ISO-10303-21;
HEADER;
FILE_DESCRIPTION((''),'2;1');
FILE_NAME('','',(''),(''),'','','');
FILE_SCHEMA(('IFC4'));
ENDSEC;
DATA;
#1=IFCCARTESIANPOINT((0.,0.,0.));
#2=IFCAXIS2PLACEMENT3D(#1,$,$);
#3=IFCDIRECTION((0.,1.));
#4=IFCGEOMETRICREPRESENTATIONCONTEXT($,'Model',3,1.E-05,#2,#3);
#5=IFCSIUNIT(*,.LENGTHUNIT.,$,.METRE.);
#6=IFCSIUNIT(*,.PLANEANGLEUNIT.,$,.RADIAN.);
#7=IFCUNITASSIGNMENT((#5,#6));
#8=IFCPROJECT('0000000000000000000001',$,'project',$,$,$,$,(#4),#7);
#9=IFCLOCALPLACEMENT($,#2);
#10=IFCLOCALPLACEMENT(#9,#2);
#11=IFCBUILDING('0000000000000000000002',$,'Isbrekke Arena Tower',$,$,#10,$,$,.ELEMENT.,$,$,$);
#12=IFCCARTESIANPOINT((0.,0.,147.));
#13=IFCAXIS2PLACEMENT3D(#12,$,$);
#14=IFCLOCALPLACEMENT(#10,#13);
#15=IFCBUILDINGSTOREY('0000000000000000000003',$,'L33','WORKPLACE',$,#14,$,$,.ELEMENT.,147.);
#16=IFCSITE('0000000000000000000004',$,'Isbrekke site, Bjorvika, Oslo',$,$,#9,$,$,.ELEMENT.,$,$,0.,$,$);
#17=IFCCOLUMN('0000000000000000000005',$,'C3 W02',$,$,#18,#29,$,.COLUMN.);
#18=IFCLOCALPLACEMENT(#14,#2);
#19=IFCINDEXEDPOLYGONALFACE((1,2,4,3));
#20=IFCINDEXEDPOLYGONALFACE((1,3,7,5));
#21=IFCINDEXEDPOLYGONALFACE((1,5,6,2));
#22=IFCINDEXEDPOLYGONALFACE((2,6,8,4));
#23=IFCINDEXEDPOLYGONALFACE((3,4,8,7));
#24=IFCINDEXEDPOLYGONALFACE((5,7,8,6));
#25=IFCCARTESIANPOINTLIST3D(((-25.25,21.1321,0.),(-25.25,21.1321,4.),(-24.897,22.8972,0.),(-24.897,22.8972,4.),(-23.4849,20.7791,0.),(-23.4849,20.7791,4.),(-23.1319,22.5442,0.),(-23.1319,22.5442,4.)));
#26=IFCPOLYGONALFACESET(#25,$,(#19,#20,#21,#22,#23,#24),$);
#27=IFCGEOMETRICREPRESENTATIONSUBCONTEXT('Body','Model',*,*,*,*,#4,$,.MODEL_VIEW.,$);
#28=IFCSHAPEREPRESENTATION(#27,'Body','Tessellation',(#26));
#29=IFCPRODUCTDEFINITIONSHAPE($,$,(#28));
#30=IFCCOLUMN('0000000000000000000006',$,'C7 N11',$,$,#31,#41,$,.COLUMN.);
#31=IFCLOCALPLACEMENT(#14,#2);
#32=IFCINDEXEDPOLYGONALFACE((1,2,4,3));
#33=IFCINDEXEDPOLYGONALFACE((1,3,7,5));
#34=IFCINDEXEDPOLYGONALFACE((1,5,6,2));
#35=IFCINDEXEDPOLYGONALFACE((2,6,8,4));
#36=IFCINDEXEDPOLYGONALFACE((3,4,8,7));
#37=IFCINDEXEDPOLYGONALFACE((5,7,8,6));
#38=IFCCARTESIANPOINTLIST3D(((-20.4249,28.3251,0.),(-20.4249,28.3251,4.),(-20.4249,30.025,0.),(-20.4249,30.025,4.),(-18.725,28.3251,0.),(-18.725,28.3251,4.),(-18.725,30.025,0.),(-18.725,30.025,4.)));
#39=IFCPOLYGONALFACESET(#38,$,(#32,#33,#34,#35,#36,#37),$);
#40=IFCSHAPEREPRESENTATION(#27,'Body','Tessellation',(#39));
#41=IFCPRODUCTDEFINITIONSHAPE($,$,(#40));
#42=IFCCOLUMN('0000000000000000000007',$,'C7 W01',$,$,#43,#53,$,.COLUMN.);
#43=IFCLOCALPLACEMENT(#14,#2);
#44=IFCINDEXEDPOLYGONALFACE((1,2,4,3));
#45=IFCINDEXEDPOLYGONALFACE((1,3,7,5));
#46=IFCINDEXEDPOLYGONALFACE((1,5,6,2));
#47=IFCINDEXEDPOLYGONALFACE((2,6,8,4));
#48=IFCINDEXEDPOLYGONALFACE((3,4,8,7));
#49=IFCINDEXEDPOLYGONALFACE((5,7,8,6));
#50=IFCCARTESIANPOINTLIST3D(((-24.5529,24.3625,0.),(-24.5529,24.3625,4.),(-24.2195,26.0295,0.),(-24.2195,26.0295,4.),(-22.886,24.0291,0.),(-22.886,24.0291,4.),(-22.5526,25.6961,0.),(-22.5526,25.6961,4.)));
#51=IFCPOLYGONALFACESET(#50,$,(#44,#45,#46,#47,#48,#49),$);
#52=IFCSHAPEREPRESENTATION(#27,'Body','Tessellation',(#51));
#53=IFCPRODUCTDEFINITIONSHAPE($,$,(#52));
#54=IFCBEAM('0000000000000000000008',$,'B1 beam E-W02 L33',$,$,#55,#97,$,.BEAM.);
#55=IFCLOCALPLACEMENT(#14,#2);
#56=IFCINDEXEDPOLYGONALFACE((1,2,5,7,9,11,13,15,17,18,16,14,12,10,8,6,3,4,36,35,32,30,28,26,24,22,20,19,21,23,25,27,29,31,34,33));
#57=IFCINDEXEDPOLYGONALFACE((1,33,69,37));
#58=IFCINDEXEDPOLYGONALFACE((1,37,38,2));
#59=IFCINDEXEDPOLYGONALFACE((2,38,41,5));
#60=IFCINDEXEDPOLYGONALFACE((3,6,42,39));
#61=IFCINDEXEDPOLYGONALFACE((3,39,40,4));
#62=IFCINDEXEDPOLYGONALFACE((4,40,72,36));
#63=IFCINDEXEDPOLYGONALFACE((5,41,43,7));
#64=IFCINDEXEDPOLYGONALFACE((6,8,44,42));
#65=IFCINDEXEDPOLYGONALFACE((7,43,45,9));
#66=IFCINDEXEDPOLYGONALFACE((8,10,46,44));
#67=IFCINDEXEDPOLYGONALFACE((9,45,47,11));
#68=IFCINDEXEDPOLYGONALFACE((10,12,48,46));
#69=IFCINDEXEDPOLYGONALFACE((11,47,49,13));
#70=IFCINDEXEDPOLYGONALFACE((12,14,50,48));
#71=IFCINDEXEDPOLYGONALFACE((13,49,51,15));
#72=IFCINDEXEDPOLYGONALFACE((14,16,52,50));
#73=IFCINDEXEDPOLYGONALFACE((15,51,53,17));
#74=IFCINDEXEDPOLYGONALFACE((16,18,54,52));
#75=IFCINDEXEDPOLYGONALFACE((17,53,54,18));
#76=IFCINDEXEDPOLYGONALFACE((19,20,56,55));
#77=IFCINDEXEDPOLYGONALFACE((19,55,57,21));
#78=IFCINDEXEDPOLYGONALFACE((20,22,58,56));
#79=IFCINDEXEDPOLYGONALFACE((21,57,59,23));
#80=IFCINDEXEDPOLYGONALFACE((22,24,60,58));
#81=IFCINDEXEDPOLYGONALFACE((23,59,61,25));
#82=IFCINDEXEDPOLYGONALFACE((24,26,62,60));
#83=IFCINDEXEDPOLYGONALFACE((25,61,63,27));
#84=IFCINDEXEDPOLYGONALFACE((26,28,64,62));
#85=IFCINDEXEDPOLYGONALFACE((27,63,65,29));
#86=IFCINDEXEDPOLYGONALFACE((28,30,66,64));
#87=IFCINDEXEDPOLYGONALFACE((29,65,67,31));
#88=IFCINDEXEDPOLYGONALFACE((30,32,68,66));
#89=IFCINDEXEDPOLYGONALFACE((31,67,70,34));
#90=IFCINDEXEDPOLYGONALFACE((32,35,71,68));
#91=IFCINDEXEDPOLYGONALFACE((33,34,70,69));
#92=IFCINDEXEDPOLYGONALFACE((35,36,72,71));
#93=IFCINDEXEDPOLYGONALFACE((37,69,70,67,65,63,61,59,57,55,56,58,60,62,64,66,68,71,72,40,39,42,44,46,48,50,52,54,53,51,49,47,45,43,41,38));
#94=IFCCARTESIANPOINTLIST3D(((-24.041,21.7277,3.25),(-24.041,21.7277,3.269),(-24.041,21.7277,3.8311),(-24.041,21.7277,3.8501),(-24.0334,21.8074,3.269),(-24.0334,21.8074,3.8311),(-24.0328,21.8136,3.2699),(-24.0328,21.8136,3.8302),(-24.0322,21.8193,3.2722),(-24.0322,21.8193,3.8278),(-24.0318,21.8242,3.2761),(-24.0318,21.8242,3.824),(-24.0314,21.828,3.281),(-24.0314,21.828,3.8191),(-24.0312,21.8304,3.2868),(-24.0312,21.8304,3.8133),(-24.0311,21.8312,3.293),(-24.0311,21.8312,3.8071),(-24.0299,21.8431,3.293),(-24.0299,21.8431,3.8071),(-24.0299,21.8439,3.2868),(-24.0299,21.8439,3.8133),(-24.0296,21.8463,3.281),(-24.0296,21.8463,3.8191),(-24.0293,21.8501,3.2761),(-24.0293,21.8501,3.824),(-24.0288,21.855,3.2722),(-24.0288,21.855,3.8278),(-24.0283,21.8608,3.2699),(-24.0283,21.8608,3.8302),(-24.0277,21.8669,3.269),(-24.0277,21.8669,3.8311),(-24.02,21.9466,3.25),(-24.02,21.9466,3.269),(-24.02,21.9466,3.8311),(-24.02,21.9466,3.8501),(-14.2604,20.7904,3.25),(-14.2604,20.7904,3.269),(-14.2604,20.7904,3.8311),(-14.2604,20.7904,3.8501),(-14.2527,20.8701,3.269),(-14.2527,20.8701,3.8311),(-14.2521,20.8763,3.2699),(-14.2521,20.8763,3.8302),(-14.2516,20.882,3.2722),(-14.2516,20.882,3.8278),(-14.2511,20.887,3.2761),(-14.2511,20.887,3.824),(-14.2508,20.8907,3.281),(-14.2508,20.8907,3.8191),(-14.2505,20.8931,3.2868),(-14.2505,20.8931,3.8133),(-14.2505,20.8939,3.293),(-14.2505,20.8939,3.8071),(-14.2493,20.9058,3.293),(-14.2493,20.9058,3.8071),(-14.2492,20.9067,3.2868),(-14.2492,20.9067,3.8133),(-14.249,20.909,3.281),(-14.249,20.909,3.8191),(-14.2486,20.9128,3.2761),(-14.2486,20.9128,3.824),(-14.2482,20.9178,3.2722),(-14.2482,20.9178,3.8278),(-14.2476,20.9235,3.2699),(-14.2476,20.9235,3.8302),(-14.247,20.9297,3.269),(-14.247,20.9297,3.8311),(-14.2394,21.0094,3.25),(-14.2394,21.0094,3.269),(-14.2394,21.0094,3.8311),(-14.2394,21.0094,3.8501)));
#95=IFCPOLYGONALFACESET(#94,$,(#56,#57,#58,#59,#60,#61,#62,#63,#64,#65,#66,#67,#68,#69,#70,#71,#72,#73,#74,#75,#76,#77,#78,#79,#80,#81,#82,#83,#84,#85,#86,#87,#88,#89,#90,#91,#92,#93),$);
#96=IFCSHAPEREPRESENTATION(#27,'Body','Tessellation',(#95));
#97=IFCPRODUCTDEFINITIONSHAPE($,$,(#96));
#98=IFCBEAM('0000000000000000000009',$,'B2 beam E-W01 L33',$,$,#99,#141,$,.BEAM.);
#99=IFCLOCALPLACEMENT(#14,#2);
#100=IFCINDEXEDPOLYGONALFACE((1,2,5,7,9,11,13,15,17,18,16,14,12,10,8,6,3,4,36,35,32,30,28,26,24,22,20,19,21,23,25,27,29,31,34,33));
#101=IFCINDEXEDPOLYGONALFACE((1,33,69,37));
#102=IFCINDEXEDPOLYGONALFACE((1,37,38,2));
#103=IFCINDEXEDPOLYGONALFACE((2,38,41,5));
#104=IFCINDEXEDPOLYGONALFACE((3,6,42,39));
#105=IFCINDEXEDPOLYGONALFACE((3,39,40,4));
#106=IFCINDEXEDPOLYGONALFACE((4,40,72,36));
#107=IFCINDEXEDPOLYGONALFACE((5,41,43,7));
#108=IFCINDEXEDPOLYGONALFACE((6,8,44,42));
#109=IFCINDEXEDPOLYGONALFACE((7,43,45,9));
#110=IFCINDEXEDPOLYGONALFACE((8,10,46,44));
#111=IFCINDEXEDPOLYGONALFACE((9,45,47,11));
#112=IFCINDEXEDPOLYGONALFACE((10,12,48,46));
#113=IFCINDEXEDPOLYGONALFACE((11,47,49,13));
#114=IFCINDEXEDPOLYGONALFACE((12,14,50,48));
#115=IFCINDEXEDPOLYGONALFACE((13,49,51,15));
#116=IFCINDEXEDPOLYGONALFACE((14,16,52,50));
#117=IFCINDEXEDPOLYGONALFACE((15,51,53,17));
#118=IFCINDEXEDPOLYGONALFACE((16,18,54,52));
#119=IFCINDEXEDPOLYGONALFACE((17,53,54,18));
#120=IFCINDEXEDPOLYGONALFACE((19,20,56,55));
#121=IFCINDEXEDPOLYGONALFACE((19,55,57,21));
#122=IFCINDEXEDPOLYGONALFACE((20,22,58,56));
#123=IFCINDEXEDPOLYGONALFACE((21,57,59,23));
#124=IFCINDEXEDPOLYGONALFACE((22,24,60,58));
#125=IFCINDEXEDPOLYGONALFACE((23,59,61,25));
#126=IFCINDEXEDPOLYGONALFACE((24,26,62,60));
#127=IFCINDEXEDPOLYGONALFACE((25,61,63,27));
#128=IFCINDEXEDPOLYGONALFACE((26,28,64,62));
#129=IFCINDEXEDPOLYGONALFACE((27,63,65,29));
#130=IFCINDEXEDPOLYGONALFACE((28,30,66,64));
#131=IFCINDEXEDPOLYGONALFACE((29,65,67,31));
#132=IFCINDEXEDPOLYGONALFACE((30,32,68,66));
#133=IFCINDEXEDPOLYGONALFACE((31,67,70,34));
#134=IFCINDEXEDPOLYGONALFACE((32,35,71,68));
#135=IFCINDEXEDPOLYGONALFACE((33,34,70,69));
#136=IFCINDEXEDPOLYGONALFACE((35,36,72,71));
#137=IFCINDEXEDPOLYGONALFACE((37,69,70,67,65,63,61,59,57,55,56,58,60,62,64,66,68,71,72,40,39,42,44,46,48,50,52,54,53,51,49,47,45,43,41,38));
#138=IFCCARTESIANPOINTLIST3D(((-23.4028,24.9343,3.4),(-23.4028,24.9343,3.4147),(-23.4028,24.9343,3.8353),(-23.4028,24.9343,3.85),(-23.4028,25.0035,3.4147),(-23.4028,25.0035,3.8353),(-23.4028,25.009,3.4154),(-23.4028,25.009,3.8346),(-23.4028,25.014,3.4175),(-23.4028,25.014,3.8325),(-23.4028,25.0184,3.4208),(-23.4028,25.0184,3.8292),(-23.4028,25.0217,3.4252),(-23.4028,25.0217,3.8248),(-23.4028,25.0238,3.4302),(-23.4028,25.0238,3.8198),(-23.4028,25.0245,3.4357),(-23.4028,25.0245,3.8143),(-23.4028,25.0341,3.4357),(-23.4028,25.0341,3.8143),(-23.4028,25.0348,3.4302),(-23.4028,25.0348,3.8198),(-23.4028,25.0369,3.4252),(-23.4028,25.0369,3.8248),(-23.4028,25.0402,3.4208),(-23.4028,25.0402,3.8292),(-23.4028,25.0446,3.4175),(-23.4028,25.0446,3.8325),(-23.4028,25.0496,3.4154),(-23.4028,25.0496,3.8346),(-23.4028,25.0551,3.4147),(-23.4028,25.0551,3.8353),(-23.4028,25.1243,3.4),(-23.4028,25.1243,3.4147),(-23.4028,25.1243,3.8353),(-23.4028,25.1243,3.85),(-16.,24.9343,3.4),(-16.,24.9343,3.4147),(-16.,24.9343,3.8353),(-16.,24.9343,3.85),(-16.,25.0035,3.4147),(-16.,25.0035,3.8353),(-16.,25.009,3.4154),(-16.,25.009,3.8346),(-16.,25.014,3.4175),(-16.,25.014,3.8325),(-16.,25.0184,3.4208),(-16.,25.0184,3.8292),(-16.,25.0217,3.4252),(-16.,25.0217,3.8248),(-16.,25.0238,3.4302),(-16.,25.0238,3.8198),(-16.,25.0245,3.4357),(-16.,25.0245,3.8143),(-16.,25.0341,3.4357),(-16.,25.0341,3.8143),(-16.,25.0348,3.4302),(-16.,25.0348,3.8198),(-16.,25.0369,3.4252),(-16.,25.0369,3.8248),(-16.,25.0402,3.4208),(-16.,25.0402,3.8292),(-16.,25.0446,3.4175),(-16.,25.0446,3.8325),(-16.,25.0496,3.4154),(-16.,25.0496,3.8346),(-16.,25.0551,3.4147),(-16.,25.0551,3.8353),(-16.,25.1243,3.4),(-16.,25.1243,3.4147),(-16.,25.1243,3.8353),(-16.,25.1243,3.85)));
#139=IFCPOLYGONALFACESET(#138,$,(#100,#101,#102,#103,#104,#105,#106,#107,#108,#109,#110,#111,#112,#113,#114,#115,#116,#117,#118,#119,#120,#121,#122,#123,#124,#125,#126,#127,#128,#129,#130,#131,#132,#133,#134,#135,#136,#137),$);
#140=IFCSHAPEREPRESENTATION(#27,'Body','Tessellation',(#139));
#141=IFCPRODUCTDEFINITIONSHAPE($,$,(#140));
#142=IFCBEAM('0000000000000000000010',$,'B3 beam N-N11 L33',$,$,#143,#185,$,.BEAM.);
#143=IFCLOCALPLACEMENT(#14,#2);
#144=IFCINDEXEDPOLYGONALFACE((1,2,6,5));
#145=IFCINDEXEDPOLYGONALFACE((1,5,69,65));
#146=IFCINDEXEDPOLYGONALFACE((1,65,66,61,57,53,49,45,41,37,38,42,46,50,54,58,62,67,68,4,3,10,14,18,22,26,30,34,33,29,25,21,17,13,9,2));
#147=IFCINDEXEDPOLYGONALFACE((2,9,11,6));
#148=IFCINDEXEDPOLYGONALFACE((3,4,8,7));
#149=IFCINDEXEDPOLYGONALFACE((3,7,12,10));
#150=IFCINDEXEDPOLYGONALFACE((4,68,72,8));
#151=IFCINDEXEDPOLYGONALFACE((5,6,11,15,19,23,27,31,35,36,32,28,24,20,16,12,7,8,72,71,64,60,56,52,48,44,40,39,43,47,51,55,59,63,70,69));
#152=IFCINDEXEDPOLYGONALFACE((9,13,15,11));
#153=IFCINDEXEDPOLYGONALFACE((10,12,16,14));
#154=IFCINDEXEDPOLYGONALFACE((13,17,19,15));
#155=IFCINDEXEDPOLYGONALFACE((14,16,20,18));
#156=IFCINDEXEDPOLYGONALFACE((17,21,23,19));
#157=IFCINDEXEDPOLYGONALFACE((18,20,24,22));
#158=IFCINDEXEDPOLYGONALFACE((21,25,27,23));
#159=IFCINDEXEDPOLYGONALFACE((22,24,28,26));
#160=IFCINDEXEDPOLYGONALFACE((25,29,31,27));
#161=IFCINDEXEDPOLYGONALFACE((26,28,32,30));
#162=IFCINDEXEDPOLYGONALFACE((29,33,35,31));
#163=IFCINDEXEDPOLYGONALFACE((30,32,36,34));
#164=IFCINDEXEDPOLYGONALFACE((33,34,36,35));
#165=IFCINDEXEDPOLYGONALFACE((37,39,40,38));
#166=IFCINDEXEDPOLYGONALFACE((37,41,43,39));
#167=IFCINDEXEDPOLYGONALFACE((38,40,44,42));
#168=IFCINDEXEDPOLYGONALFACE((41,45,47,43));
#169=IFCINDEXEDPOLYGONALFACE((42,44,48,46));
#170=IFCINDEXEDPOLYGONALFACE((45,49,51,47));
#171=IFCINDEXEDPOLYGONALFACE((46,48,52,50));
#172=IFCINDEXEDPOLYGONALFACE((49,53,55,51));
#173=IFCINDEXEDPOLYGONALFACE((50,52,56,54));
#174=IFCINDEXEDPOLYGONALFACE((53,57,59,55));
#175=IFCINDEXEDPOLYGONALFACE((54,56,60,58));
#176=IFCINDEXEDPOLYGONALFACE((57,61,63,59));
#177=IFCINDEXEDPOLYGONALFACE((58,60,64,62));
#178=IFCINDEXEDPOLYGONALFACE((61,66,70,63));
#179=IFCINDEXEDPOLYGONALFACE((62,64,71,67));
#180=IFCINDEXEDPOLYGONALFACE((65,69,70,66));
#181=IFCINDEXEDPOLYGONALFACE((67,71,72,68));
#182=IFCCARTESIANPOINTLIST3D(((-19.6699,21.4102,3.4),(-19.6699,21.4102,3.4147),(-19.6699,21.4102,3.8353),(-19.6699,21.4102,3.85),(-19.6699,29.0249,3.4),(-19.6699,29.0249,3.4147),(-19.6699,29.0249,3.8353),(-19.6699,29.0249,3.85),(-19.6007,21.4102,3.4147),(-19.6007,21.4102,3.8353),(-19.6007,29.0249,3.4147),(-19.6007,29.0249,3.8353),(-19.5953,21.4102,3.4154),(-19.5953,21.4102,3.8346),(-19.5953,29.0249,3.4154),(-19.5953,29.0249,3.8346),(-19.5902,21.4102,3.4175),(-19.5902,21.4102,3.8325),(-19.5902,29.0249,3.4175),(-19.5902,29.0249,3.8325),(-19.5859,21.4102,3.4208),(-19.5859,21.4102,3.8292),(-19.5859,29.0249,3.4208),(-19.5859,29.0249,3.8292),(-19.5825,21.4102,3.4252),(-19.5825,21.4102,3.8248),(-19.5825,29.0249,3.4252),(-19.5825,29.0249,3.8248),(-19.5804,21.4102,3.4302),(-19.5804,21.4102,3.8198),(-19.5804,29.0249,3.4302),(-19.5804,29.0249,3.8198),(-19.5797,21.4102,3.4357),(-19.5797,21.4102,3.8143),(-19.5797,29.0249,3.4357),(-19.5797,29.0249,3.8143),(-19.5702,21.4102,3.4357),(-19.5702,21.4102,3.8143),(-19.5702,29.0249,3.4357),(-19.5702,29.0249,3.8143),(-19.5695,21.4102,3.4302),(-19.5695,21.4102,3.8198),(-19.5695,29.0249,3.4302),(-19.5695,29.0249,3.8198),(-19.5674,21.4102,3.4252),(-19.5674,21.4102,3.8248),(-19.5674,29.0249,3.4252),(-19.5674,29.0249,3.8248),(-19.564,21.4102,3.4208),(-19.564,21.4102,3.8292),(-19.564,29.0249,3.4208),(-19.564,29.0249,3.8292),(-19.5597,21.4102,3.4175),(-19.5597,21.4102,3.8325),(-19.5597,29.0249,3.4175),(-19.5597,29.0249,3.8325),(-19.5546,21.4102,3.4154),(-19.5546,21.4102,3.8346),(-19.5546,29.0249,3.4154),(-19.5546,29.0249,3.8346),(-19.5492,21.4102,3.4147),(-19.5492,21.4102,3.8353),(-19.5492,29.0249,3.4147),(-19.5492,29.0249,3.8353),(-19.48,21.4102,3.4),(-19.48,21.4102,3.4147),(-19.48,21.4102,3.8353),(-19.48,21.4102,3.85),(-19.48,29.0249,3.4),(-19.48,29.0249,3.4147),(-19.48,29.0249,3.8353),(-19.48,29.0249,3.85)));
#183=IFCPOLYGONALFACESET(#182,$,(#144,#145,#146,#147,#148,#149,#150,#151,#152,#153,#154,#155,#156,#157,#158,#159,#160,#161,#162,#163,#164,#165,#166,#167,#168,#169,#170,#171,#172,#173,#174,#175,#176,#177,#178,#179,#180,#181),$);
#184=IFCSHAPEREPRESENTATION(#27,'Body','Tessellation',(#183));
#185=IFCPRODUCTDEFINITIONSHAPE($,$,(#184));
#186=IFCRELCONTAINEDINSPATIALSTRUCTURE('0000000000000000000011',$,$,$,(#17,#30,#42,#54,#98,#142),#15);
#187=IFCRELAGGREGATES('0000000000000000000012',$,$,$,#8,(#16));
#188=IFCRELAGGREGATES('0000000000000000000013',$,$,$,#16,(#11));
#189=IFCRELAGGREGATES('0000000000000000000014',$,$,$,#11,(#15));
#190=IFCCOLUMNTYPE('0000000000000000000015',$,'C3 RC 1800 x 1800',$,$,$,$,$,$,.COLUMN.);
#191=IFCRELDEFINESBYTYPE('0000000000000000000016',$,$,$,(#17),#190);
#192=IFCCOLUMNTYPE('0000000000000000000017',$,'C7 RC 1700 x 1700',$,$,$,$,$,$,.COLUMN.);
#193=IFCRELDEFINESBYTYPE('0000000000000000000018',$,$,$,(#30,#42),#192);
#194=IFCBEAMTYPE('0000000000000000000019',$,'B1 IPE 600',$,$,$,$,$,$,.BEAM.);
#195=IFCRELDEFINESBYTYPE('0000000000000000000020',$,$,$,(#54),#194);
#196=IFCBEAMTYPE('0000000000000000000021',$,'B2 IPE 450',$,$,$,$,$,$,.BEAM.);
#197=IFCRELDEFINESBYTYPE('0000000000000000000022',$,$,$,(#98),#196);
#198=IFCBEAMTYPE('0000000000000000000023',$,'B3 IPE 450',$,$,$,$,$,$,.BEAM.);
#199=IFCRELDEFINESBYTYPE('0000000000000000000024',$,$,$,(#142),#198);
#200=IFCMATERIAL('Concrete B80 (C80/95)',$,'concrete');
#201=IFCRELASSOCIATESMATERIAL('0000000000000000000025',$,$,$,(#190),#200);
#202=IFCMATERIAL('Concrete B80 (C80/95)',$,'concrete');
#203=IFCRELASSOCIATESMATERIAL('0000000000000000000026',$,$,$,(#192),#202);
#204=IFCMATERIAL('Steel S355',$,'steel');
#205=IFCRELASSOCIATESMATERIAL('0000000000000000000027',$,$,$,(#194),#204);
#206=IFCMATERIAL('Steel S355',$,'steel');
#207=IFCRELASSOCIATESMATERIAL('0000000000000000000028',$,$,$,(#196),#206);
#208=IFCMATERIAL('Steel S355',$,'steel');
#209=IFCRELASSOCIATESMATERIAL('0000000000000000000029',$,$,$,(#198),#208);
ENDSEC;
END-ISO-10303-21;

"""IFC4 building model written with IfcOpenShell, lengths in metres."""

from ifc_helpers import new_model, si_unit, direction, frame, origin, origin_2d, place, context, subcontext, project, spatial, rectangle, i_section, extrude, material, material_profile, profile_set, type_object, element, save


model = new_model("IFC4")

# Units and contexts
model_context = context("Model", 3, precision=1e-05, world=origin(), true_north=direction((0.0, 1.0)))
body_context = subcontext(model_context, "Body", "Model", "MODEL_VIEW")
ifc_project = project(units=[si_unit("LENGTHUNIT", "METRE"), si_unit("PLANEANGLEUNIT", "RADIAN")], contexts=[model_context])

# Site, building, storey
site_placement = place(None, origin())
site = spatial("IfcSite", under=ifc_project, at=site_placement, Name="Isbrekke site, Bjorvika, Oslo", CompositionType="ELEMENT", RefElevation=0.0)
building_placement = place(site_placement, origin())
building = spatial("IfcBuilding", under=site, at=building_placement, Name="Isbrekke Arena Tower", CompositionType="ELEMENT")
storey_placement = place(building_placement, frame((0.0, 0.0, 147.0)))
storey = spatial("IfcBuildingStorey", under=building, at=storey_placement, Name="L33", Description="WORKPLACE", CompositionType="ELEMENT", Elevation=147.0)

# Columns
ifc_material_1 = material(Name="Concrete B80 (C80/95)", Category="concrete")
ifc_material_profile_1 = material_profile(ifc_material_1, rectangle(XDim=1.8, YDim=1.8, at=origin_2d()), Name="RC 1800x1800")
ifc_profile_set_1 = profile_set([ifc_material_profile_1], Name="Concrete B80 (C80/95)")
column_type_1 = type_object("IfcColumnType", Name="C3 RC 1800 x 1800", PredefinedType="COLUMN", material=ifc_profile_set_1)
column_placement = place(storey_placement, frame((-24.1909, 21.8381, 0.0), z_axis=(0.0, 0.0, 1.0), x_axis=(-0.196116, -0.980581, 0.0)))
element("IfcColumn", 1, at=column_placement, inside=storey, type_object=column_type_1, Name="C3 W02", PredefinedType="COLUMN", context=body_context, shape_type="SweptSolid", body=[
    extrude(rectangle(XDim=1.8, YDim=1.8, at=origin_2d()), origin(), (0.0, 0.0, 1.0), 4.0),
])
ifc_material_2 = material(Name="Concrete B80 (C80/95)", Category="concrete")
ifc_material_profile_2 = material_profile(ifc_material_2, rectangle(XDim=1.7, YDim=1.7, at=origin_2d()), Name="RC 1700x1700")
ifc_profile_set_2 = profile_set([ifc_material_profile_2], Name="Concrete B80 (C80/95)")
column_type_2 = type_object("IfcColumnType", Name="C7 RC 1700 x 1700", PredefinedType="COLUMN", material=ifc_profile_set_2)
for number, where, z_axis, x_axis, name in (
    (2, (-19.575, 29.175, 0.0), (0.0, 0.0, 1.0), (-1.0, 0.0, 0.0), "C7 N11"),
    (3, (-23.5527, 25.0293, 0.0), (0.0, 0.0, 1.0), (-0.196116, -0.980581, 0.0), "C7 W01"),
):
    element("IfcColumn", number, at=place(storey_placement, frame(where, z_axis=z_axis, x_axis=x_axis)), inside=storey, type_object=column_type_2, Name=name, PredefinedType="COLUMN", context=body_context, shape_type="SweptSolid", body=[
        extrude(rectangle(XDim=1.7, YDim=1.7, at=origin_2d()), origin(), (0.0, 0.0, 1.0), 4.0),
    ])

# Beams
ifc_material_3 = material(Name="Steel S355", Category="steel")
ifc_material_profile_3 = material_profile(ifc_material_3, i_section(OverallWidth=0.22, OverallDepth=0.6001, WebThickness=0.012, FlangeThickness=0.019, FilletRadius=0.0239, at=origin_2d()), Name="IPE 600")
ifc_profile_set_3 = profile_set([ifc_material_profile_3], Name="Steel S355")
beam_type_1 = type_object("IfcBeamType", Name="B1 IPE 600", PredefinedType="BEAM", material=ifc_profile_set_3)
beam_1_placement = place(storey_placement, frame((-24.0305, 21.8372, 3.55), z_axis=(0.99544, -0.095392, 0.0), x_axis=(0.095392, 0.99544, 0.0)))
element("IfcBeam", 4, at=beam_1_placement, inside=storey, type_object=beam_type_1, Name="B1 beam E-W02 L33", PredefinedType="BEAM", context=body_context, shape_type="SweptSolid", body=[
    extrude(i_section(OverallWidth=0.22, OverallDepth=0.6001, WebThickness=0.012, FlangeThickness=0.019, FilletRadius=0.0239, at=origin_2d()), origin(), (0.0, 0.0, 1.0), 9.8254),
])
ifc_material_4 = material(Name="Steel S355", Category="steel")
ifc_material_profile_4 = material_profile(ifc_material_4, i_section(OverallWidth=0.1899, OverallDepth=0.45, WebThickness=0.0095, FlangeThickness=0.0146, FilletRadius=0.021, at=origin_2d()), Name="IPE 450")
ifc_profile_set_4 = profile_set([ifc_material_profile_4], Name="Steel S355")
beam_type_2 = type_object("IfcBeamType", Name="B2 IPE 450", PredefinedType="BEAM", material=ifc_profile_set_4)
beam_2_placement = place(storey_placement, frame((-23.4028, 25.0293, 3.625), z_axis=(1.0, 0.0, 0.0), x_axis=(0.0, 1.0, 0.0)))
element("IfcBeam", 5, at=beam_2_placement, inside=storey, type_object=beam_type_2, Name="B2 beam E-W01 L33", PredefinedType="BEAM", context=body_context, shape_type="SweptSolid", body=[
    extrude(i_section(OverallWidth=0.1899, OverallDepth=0.45, WebThickness=0.0095, FlangeThickness=0.0146, FilletRadius=0.021, at=origin_2d()), origin(), (0.0, 0.0, 1.0), 7.4028),
])
ifc_material_5 = material(Name="Steel S355", Category="steel")
ifc_material_profile_5 = material_profile(ifc_material_5, i_section(OverallWidth=0.1899, OverallDepth=0.45, WebThickness=0.0095, FlangeThickness=0.0146, FilletRadius=0.021, at=origin_2d()), Name="IPE 450")
ifc_profile_set_5 = profile_set([ifc_material_profile_5], Name="Steel S355")
beam_type_3 = type_object("IfcBeamType", Name="B3 IPE 450", PredefinedType="BEAM", material=ifc_profile_set_5)
beam_3_placement = place(storey_placement, frame((-19.575, 29.0249, 3.625), z_axis=(0.0, -1.0, 0.0), x_axis=(1.0, 0.0, 0.0)))
element("IfcBeam", 6, at=beam_3_placement, inside=storey, type_object=beam_type_3, Name="B3 beam N-N11 L33", PredefinedType="BEAM", context=body_context, shape_type="SweptSolid", body=[
    extrude(i_section(OverallWidth=0.1899, OverallDepth=0.45, WebThickness=0.0095, FlangeThickness=0.0146, FilletRadius=0.021, at=origin_2d()), origin(), (0.0, 0.0, 1.0), 7.6147),
])

save(model, "model.ifc")
